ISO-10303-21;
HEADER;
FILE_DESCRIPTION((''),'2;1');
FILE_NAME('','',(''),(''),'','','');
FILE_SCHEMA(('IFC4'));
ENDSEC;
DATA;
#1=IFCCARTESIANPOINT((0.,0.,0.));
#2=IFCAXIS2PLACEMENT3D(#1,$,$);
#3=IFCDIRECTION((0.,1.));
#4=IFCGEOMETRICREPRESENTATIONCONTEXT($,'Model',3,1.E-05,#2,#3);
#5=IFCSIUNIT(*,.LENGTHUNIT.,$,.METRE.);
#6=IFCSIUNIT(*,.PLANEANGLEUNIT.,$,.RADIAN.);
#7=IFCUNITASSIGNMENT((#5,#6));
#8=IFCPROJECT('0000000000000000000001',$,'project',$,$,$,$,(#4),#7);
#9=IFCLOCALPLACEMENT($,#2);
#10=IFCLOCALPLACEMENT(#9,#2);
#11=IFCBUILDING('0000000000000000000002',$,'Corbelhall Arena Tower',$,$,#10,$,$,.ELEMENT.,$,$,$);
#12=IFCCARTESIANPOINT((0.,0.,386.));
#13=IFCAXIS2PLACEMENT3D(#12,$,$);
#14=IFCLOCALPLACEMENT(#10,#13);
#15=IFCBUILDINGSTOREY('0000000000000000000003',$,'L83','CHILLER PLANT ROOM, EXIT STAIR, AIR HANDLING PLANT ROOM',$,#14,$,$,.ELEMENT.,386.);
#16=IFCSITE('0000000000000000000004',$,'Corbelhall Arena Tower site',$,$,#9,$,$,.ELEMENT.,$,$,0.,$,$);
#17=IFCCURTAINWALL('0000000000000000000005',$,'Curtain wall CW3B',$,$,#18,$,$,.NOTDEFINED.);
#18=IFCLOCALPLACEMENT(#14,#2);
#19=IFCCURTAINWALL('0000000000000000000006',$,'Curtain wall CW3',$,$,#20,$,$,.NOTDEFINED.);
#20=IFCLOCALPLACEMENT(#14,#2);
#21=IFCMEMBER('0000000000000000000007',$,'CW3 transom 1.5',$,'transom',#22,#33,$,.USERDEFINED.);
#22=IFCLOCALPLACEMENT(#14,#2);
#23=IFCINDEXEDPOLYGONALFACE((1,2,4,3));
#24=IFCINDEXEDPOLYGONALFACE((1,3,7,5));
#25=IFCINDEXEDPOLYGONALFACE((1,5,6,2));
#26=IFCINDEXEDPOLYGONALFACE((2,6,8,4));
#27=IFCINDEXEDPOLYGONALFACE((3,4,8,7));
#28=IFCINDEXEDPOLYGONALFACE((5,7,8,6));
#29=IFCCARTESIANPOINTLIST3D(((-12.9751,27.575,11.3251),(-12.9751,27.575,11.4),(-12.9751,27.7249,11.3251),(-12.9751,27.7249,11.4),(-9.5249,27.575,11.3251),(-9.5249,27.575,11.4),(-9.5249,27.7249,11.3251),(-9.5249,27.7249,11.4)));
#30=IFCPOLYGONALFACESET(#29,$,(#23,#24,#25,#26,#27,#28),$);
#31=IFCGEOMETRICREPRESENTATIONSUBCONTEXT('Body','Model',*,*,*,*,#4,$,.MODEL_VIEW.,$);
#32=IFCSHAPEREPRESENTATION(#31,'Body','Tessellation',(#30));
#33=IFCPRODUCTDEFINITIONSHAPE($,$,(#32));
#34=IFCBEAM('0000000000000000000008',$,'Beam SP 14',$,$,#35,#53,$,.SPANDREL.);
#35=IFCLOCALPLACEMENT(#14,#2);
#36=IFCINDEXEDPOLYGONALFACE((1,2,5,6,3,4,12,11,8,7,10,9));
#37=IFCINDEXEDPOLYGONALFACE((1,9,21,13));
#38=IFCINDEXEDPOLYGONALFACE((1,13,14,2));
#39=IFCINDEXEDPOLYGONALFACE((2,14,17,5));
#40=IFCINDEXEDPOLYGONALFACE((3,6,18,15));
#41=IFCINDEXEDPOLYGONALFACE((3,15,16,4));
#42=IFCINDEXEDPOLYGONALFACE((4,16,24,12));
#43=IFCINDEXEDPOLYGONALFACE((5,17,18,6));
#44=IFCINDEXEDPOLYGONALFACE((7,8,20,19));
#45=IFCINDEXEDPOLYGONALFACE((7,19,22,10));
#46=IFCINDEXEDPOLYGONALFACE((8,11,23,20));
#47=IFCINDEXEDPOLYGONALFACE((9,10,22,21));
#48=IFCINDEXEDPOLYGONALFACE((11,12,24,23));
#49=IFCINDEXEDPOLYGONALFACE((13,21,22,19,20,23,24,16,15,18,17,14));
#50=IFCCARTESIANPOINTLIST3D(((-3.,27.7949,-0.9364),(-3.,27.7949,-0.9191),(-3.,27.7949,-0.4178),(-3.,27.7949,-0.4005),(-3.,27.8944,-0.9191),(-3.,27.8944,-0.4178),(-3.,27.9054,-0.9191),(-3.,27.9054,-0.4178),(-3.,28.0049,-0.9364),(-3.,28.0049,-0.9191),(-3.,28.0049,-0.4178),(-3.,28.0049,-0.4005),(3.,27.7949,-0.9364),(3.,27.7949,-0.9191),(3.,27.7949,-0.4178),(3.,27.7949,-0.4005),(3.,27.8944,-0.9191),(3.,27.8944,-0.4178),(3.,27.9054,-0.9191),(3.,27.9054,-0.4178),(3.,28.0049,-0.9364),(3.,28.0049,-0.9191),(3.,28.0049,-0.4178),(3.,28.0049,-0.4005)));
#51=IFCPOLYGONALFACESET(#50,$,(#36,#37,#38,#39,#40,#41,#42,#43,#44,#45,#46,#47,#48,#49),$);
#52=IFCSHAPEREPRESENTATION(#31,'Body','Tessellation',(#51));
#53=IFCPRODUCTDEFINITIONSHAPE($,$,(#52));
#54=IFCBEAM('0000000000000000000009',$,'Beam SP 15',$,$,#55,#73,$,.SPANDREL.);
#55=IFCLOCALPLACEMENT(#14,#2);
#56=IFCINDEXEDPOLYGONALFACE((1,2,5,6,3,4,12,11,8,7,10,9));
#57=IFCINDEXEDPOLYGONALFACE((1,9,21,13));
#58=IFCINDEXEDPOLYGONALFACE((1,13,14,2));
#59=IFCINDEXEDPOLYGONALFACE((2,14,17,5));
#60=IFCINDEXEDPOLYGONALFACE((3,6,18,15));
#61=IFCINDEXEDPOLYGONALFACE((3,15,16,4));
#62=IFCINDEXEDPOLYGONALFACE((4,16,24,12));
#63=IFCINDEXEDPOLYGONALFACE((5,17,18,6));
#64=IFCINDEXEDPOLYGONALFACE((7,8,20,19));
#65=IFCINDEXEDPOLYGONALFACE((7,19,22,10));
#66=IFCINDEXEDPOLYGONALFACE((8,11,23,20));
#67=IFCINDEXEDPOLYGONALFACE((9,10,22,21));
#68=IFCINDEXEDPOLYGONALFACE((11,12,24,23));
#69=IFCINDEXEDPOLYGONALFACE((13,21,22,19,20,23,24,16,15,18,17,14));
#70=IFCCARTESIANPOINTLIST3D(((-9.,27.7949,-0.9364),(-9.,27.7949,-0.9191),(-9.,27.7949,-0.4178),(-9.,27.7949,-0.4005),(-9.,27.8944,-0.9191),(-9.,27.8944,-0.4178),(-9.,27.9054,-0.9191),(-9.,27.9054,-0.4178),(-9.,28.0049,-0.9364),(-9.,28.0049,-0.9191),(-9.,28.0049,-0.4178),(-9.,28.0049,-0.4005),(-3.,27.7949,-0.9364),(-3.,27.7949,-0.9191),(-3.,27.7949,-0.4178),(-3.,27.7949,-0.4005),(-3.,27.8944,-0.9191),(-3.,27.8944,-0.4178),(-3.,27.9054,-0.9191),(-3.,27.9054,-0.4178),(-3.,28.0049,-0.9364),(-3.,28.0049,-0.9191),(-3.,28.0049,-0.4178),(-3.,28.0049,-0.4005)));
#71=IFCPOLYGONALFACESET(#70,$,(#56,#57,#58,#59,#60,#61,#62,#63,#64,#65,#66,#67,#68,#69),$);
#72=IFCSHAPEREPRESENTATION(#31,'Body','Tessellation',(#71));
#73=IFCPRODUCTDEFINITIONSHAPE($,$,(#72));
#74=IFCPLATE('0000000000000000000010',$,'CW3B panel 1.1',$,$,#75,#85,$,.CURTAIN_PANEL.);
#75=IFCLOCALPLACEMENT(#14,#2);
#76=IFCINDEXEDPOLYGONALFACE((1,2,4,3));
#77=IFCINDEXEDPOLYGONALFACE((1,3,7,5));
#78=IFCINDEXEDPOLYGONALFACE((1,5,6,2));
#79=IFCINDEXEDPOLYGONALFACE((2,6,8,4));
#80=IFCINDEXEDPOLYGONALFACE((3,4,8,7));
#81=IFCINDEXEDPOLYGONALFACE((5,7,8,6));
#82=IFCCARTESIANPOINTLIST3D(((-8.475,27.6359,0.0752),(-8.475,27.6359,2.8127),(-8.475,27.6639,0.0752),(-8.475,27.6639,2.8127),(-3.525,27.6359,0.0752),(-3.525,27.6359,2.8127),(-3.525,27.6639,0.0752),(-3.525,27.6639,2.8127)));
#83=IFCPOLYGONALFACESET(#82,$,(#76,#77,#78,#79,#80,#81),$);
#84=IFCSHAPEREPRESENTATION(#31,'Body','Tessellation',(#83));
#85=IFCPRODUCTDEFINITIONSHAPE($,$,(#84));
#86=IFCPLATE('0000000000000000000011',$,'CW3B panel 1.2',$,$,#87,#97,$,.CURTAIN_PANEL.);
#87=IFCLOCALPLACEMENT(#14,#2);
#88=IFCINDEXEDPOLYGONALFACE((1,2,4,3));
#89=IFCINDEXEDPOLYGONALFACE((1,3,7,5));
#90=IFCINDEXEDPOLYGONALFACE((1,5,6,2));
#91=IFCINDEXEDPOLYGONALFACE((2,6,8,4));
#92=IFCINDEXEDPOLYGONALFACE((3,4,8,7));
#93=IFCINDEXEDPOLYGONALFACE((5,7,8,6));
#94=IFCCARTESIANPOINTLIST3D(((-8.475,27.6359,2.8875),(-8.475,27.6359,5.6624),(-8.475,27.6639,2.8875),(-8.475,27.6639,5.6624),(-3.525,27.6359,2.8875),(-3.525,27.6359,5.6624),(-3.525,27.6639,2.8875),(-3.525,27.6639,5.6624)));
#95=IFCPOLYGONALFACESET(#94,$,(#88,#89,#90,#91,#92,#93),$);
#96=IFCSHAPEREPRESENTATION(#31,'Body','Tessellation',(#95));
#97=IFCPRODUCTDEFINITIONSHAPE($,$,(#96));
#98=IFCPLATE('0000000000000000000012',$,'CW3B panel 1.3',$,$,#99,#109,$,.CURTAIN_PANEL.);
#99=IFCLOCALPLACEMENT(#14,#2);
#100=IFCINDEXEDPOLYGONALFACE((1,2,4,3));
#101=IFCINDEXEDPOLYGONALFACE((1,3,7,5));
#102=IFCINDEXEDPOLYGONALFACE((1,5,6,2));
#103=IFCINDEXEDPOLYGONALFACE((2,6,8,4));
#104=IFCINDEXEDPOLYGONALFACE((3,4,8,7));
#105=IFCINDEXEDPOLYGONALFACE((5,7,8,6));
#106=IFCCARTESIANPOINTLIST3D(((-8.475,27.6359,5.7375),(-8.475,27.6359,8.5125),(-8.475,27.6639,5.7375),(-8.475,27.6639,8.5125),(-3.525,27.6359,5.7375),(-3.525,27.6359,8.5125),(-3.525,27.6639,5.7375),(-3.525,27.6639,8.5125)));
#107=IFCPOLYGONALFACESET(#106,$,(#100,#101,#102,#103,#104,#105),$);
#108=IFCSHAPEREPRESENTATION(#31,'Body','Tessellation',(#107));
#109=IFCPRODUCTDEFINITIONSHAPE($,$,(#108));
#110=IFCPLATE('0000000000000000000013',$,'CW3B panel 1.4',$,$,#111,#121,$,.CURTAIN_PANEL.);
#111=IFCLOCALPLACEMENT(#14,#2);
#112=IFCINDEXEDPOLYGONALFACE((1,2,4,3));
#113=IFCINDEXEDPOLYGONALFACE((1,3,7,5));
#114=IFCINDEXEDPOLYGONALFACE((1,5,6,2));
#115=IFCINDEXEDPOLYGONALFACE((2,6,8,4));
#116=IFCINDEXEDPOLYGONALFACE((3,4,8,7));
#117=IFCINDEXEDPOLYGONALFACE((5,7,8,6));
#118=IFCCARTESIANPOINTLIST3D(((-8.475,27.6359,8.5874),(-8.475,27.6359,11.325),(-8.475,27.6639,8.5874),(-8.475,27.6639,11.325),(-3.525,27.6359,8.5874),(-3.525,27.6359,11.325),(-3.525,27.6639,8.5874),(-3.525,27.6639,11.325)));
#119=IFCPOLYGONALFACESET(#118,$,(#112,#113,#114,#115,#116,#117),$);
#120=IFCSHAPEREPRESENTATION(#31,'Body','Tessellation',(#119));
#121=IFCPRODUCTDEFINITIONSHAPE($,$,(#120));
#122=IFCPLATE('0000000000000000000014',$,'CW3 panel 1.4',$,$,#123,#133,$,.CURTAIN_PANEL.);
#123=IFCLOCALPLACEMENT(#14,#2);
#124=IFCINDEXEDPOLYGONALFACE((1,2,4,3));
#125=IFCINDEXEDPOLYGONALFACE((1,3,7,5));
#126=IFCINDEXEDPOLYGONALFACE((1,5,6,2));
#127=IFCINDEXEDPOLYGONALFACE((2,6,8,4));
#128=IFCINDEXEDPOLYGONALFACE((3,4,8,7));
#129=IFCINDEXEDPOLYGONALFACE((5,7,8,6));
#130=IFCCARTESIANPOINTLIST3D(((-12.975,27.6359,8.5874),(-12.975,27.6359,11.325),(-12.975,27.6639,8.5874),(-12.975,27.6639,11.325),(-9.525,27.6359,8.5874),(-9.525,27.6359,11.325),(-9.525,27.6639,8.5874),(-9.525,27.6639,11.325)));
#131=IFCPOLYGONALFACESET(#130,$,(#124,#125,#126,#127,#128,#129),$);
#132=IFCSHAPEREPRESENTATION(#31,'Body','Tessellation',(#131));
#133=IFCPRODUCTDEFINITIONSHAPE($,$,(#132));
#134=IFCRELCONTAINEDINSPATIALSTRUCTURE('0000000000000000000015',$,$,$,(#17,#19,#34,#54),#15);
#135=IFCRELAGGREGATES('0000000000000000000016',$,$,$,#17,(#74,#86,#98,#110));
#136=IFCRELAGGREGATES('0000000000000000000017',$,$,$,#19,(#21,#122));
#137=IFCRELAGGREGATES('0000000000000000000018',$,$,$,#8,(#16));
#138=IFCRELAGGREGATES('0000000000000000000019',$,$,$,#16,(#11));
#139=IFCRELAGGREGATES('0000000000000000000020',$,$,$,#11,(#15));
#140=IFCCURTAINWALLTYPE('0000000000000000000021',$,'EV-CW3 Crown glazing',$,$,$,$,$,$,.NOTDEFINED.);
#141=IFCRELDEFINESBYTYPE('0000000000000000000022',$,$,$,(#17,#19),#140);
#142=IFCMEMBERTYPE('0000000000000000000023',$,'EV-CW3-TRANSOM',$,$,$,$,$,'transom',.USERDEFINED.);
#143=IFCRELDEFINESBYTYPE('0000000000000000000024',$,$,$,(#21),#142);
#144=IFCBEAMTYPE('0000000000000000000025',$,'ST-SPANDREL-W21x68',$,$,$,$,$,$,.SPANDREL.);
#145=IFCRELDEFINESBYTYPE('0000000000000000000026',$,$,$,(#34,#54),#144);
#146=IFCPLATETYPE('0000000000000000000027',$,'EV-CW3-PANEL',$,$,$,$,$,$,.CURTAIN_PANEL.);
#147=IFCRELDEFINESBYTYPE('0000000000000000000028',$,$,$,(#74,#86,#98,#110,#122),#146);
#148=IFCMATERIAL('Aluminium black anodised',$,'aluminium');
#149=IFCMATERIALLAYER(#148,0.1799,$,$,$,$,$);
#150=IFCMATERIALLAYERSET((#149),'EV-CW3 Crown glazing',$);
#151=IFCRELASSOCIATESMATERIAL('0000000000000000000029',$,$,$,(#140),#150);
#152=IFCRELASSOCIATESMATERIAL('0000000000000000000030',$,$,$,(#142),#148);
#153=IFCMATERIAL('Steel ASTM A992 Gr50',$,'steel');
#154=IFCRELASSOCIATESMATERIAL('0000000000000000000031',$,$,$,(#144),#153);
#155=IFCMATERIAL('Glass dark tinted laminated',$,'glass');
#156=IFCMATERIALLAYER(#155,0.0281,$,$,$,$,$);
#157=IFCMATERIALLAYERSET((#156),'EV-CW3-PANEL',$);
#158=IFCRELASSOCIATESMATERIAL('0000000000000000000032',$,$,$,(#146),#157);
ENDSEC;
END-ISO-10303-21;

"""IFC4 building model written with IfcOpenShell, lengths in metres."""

from ifc_helpers import new_model, si_unit, direction, frame, origin, origin_2d, place, context, subcontext, project, spatial, rectangle, i_section, extrude, material, layer, layer_set, material_profile, profile_set, type_object, element, aggregate, save


model = new_model("IFC4")

# Units and contexts
model_context = context("Model", 3, precision=1e-05, world=origin(), true_north=direction((0.0, 1.0)))
body_context = subcontext(model_context, "Body", "Model", "MODEL_VIEW")
ifc_project = project(units=[si_unit("LENGTHUNIT", "METRE"), si_unit("PLANEANGLEUNIT", "RADIAN")], contexts=[model_context])

# Site, building, storey
site_placement = place(None, origin())
site = spatial("IfcSite", under=ifc_project, at=site_placement, Name="Corbelhall Arena Tower site", CompositionType="ELEMENT", RefElevation=0.0)
building_placement = place(site_placement, origin())
building = spatial("IfcBuilding", under=site, at=building_placement, Name="Corbelhall Arena Tower", CompositionType="ELEMENT")
storey_placement = place(building_placement, frame((0.0, 0.0, 386.0)))
storey = spatial("IfcBuildingStorey", under=building, at=storey_placement, Name="L83", Description="CHILLER PLANT ROOM, EXIT STAIR, AIR HANDLING PLANT ROOM", CompositionType="ELEMENT", Elevation=386.0)

# Shared definitions
ifc_material_1 = material(Name="Aluminium black anodised", Category="aluminium")
ifc_layer_1 = layer(ifc_material_1, 0.1799)
ifc_layer_set_1 = layer_set([ifc_layer_1], Name="EV-CW3 Crown glazing")
curtain_wall_type = type_object("IfcCurtainWallType", Name="EV-CW3 Crown glazing", PredefinedType="NOTDEFINED", material=ifc_layer_set_1)

# Curtain wall
curtain_wall_1_placement = place(storey_placement, origin())
curtain_wall_1 = element("IfcCurtainWall", 1, at=curtain_wall_1_placement, inside=storey, type_object=curtain_wall_type, Name="Curtain wall CW3B", PredefinedType="NOTDEFINED")

# Curtain wall
curtain_wall_2_placement = place(storey_placement, origin())
curtain_wall_2 = element("IfcCurtainWall", 2, at=curtain_wall_2_placement, inside=storey, type_object=curtain_wall_type, Name="Curtain wall CW3", PredefinedType="NOTDEFINED")

# Member
ifc_material_profile_1 = material_profile(ifc_material_1, rectangle(XDim=0.1499, YDim=0.075, at=origin_2d()))
ifc_profile_set_1 = profile_set([ifc_material_profile_1], Name="Aluminium black anodised")
member_type_1 = type_object("IfcMemberType", Name="EV-CW3-TRANSOM", ElementType="transom", PredefinedType="USERDEFINED", material=ifc_profile_set_1)
member_1_placement = place(storey_placement, frame((-9.5249, 27.6499, 11.3625), z_axis=(-1.0, 0.0, 0.0), x_axis=(0.0, -1.0, 0.0)))
member_1 = element("IfcMember", 3, at=member_1_placement, type_object=member_type_1, Name="CW3 transom 1.5", ObjectType="transom", PredefinedType="USERDEFINED", context=body_context, shape_type="SweptSolid", body=[
    extrude(rectangle(XDim=0.1499, YDim=0.075, at=origin_2d()), origin(), (0.0, 0.0, 1.0), 3.4502),
])

# Beams
ifc_material_2 = material(Name="Steel ASTM A992 Gr50", Category="steel")
ifc_material_profile_2 = material_profile(ifc_material_2, i_section(OverallWidth=0.21, OverallDepth=0.5359, WebThickness=0.011, FlangeThickness=0.0173, at=origin_2d()))
ifc_profile_set_2 = profile_set([ifc_material_profile_2], Name="Steel ASTM A992 Gr50")
beam_type = type_object("IfcBeamType", Name="ST-SPANDREL-W21x68", PredefinedType="SPANDREL", material=ifc_profile_set_2)
for number, where, z_axis, x_axis, name in (
    (4, (-3.0, 27.8999, -0.6685), (1.0, 0.0, 0.0), (0.0, 1.0, 0.0), "Beam SP 14"),
    (5, (-9.0, 27.8999, -0.6685), (1.0, 0.0, 0.0), (0.0, 1.0, 0.0), "Beam SP 15"),
):
    element("IfcBeam", number, at=place(storey_placement, frame(where, z_axis=z_axis, x_axis=x_axis)), inside=storey, type_object=beam_type, Name=name, PredefinedType="SPANDREL", context=body_context, shape_type="SweptSolid", body=[
        extrude(i_section(OverallWidth=0.21, OverallDepth=0.5359, WebThickness=0.011, FlangeThickness=0.0173, at=origin_2d()), origin(), (0.0, 0.0, 1.0), 6.0),
    ])

# Plates
ifc_material_3 = material(Name="Glass dark tinted laminated", Category="glass")
ifc_layer_2 = layer(ifc_material_3, 0.0281)
ifc_layer_set_2 = layer_set([ifc_layer_2], Name="EV-CW3-PANEL")
plate_type = type_object("IfcPlateType", Name="EV-CW3-PANEL", PredefinedType="CURTAIN_PANEL", material=ifc_layer_set_2)
plate_1_placement = place(storey_placement, frame((-6.0, 27.6499, 0.0752), z_axis=(0.0, 0.0, 1.0), x_axis=(-1.0, 0.0, 0.0)))
plate_1 = element("IfcPlate", 6, at=plate_1_placement, type_object=plate_type, Name="CW3B panel 1.1", PredefinedType="CURTAIN_PANEL", context=body_context, shape_type="SweptSolid", body=[
    extrude(rectangle(XDim=4.95, YDim=0.0281, at=origin_2d()), origin(), (0.0, 0.0, 1.0), 2.7375),
])
plate_2_placement = place(storey_placement, frame((-6.0, 27.6499, 2.8875), z_axis=(0.0, 0.0, 1.0), x_axis=(-1.0, 0.0, 0.0)))
plate_2 = element("IfcPlate", 7, at=plate_2_placement, type_object=plate_type, Name="CW3B panel 1.2", PredefinedType="CURTAIN_PANEL", context=body_context, shape_type="SweptSolid", body=[
    extrude(rectangle(XDim=4.95, YDim=0.0281, at=origin_2d()), origin(), (0.0, 0.0, 1.0), 2.7749),
])
plate_3_placement = place(storey_placement, frame((-6.0, 27.6499, 5.7375), z_axis=(0.0, 0.0, 1.0), x_axis=(-1.0, 0.0, 0.0)))
plate_3 = element("IfcPlate", 8, at=plate_3_placement, type_object=plate_type, Name="CW3B panel 1.3", PredefinedType="CURTAIN_PANEL", context=body_context, shape_type="SweptSolid", body=[
    extrude(rectangle(XDim=4.95, YDim=0.0281, at=origin_2d()), origin(), (0.0, 0.0, 1.0), 2.7749),
])
plate_4_placement = place(storey_placement, frame((-6.0, 27.6499, 8.5874), z_axis=(0.0, 0.0, 1.0), x_axis=(-1.0, 0.0, 0.0)))
plate_4 = element("IfcPlate", 9, at=plate_4_placement, type_object=plate_type, Name="CW3B panel 1.4", PredefinedType="CURTAIN_PANEL", context=body_context, shape_type="SweptSolid", body=[
    extrude(rectangle(XDim=4.95, YDim=0.0281, at=origin_2d()), origin(), (0.0, 0.0, 1.0), 2.7375),
])
aggregate(curtain_wall_1, [plate_1, plate_2, plate_3, plate_4])
plate_5_placement = place(storey_placement, frame((-11.25, 27.6499, 8.5874), z_axis=(0.0, 0.0, 1.0), x_axis=(-1.0, 0.0, 0.0)))
plate_5 = element("IfcPlate", 10, at=plate_5_placement, type_object=plate_type, Name="CW3 panel 1.4", PredefinedType="CURTAIN_PANEL", context=body_context, shape_type="SweptSolid", body=[
    extrude(rectangle(XDim=3.45, YDim=0.0281, at=origin_2d()), origin(), (0.0, 0.0, 1.0), 2.7375),
])
aggregate(curtain_wall_2, [member_1, plate_5])

save(model, "model.ifc")
